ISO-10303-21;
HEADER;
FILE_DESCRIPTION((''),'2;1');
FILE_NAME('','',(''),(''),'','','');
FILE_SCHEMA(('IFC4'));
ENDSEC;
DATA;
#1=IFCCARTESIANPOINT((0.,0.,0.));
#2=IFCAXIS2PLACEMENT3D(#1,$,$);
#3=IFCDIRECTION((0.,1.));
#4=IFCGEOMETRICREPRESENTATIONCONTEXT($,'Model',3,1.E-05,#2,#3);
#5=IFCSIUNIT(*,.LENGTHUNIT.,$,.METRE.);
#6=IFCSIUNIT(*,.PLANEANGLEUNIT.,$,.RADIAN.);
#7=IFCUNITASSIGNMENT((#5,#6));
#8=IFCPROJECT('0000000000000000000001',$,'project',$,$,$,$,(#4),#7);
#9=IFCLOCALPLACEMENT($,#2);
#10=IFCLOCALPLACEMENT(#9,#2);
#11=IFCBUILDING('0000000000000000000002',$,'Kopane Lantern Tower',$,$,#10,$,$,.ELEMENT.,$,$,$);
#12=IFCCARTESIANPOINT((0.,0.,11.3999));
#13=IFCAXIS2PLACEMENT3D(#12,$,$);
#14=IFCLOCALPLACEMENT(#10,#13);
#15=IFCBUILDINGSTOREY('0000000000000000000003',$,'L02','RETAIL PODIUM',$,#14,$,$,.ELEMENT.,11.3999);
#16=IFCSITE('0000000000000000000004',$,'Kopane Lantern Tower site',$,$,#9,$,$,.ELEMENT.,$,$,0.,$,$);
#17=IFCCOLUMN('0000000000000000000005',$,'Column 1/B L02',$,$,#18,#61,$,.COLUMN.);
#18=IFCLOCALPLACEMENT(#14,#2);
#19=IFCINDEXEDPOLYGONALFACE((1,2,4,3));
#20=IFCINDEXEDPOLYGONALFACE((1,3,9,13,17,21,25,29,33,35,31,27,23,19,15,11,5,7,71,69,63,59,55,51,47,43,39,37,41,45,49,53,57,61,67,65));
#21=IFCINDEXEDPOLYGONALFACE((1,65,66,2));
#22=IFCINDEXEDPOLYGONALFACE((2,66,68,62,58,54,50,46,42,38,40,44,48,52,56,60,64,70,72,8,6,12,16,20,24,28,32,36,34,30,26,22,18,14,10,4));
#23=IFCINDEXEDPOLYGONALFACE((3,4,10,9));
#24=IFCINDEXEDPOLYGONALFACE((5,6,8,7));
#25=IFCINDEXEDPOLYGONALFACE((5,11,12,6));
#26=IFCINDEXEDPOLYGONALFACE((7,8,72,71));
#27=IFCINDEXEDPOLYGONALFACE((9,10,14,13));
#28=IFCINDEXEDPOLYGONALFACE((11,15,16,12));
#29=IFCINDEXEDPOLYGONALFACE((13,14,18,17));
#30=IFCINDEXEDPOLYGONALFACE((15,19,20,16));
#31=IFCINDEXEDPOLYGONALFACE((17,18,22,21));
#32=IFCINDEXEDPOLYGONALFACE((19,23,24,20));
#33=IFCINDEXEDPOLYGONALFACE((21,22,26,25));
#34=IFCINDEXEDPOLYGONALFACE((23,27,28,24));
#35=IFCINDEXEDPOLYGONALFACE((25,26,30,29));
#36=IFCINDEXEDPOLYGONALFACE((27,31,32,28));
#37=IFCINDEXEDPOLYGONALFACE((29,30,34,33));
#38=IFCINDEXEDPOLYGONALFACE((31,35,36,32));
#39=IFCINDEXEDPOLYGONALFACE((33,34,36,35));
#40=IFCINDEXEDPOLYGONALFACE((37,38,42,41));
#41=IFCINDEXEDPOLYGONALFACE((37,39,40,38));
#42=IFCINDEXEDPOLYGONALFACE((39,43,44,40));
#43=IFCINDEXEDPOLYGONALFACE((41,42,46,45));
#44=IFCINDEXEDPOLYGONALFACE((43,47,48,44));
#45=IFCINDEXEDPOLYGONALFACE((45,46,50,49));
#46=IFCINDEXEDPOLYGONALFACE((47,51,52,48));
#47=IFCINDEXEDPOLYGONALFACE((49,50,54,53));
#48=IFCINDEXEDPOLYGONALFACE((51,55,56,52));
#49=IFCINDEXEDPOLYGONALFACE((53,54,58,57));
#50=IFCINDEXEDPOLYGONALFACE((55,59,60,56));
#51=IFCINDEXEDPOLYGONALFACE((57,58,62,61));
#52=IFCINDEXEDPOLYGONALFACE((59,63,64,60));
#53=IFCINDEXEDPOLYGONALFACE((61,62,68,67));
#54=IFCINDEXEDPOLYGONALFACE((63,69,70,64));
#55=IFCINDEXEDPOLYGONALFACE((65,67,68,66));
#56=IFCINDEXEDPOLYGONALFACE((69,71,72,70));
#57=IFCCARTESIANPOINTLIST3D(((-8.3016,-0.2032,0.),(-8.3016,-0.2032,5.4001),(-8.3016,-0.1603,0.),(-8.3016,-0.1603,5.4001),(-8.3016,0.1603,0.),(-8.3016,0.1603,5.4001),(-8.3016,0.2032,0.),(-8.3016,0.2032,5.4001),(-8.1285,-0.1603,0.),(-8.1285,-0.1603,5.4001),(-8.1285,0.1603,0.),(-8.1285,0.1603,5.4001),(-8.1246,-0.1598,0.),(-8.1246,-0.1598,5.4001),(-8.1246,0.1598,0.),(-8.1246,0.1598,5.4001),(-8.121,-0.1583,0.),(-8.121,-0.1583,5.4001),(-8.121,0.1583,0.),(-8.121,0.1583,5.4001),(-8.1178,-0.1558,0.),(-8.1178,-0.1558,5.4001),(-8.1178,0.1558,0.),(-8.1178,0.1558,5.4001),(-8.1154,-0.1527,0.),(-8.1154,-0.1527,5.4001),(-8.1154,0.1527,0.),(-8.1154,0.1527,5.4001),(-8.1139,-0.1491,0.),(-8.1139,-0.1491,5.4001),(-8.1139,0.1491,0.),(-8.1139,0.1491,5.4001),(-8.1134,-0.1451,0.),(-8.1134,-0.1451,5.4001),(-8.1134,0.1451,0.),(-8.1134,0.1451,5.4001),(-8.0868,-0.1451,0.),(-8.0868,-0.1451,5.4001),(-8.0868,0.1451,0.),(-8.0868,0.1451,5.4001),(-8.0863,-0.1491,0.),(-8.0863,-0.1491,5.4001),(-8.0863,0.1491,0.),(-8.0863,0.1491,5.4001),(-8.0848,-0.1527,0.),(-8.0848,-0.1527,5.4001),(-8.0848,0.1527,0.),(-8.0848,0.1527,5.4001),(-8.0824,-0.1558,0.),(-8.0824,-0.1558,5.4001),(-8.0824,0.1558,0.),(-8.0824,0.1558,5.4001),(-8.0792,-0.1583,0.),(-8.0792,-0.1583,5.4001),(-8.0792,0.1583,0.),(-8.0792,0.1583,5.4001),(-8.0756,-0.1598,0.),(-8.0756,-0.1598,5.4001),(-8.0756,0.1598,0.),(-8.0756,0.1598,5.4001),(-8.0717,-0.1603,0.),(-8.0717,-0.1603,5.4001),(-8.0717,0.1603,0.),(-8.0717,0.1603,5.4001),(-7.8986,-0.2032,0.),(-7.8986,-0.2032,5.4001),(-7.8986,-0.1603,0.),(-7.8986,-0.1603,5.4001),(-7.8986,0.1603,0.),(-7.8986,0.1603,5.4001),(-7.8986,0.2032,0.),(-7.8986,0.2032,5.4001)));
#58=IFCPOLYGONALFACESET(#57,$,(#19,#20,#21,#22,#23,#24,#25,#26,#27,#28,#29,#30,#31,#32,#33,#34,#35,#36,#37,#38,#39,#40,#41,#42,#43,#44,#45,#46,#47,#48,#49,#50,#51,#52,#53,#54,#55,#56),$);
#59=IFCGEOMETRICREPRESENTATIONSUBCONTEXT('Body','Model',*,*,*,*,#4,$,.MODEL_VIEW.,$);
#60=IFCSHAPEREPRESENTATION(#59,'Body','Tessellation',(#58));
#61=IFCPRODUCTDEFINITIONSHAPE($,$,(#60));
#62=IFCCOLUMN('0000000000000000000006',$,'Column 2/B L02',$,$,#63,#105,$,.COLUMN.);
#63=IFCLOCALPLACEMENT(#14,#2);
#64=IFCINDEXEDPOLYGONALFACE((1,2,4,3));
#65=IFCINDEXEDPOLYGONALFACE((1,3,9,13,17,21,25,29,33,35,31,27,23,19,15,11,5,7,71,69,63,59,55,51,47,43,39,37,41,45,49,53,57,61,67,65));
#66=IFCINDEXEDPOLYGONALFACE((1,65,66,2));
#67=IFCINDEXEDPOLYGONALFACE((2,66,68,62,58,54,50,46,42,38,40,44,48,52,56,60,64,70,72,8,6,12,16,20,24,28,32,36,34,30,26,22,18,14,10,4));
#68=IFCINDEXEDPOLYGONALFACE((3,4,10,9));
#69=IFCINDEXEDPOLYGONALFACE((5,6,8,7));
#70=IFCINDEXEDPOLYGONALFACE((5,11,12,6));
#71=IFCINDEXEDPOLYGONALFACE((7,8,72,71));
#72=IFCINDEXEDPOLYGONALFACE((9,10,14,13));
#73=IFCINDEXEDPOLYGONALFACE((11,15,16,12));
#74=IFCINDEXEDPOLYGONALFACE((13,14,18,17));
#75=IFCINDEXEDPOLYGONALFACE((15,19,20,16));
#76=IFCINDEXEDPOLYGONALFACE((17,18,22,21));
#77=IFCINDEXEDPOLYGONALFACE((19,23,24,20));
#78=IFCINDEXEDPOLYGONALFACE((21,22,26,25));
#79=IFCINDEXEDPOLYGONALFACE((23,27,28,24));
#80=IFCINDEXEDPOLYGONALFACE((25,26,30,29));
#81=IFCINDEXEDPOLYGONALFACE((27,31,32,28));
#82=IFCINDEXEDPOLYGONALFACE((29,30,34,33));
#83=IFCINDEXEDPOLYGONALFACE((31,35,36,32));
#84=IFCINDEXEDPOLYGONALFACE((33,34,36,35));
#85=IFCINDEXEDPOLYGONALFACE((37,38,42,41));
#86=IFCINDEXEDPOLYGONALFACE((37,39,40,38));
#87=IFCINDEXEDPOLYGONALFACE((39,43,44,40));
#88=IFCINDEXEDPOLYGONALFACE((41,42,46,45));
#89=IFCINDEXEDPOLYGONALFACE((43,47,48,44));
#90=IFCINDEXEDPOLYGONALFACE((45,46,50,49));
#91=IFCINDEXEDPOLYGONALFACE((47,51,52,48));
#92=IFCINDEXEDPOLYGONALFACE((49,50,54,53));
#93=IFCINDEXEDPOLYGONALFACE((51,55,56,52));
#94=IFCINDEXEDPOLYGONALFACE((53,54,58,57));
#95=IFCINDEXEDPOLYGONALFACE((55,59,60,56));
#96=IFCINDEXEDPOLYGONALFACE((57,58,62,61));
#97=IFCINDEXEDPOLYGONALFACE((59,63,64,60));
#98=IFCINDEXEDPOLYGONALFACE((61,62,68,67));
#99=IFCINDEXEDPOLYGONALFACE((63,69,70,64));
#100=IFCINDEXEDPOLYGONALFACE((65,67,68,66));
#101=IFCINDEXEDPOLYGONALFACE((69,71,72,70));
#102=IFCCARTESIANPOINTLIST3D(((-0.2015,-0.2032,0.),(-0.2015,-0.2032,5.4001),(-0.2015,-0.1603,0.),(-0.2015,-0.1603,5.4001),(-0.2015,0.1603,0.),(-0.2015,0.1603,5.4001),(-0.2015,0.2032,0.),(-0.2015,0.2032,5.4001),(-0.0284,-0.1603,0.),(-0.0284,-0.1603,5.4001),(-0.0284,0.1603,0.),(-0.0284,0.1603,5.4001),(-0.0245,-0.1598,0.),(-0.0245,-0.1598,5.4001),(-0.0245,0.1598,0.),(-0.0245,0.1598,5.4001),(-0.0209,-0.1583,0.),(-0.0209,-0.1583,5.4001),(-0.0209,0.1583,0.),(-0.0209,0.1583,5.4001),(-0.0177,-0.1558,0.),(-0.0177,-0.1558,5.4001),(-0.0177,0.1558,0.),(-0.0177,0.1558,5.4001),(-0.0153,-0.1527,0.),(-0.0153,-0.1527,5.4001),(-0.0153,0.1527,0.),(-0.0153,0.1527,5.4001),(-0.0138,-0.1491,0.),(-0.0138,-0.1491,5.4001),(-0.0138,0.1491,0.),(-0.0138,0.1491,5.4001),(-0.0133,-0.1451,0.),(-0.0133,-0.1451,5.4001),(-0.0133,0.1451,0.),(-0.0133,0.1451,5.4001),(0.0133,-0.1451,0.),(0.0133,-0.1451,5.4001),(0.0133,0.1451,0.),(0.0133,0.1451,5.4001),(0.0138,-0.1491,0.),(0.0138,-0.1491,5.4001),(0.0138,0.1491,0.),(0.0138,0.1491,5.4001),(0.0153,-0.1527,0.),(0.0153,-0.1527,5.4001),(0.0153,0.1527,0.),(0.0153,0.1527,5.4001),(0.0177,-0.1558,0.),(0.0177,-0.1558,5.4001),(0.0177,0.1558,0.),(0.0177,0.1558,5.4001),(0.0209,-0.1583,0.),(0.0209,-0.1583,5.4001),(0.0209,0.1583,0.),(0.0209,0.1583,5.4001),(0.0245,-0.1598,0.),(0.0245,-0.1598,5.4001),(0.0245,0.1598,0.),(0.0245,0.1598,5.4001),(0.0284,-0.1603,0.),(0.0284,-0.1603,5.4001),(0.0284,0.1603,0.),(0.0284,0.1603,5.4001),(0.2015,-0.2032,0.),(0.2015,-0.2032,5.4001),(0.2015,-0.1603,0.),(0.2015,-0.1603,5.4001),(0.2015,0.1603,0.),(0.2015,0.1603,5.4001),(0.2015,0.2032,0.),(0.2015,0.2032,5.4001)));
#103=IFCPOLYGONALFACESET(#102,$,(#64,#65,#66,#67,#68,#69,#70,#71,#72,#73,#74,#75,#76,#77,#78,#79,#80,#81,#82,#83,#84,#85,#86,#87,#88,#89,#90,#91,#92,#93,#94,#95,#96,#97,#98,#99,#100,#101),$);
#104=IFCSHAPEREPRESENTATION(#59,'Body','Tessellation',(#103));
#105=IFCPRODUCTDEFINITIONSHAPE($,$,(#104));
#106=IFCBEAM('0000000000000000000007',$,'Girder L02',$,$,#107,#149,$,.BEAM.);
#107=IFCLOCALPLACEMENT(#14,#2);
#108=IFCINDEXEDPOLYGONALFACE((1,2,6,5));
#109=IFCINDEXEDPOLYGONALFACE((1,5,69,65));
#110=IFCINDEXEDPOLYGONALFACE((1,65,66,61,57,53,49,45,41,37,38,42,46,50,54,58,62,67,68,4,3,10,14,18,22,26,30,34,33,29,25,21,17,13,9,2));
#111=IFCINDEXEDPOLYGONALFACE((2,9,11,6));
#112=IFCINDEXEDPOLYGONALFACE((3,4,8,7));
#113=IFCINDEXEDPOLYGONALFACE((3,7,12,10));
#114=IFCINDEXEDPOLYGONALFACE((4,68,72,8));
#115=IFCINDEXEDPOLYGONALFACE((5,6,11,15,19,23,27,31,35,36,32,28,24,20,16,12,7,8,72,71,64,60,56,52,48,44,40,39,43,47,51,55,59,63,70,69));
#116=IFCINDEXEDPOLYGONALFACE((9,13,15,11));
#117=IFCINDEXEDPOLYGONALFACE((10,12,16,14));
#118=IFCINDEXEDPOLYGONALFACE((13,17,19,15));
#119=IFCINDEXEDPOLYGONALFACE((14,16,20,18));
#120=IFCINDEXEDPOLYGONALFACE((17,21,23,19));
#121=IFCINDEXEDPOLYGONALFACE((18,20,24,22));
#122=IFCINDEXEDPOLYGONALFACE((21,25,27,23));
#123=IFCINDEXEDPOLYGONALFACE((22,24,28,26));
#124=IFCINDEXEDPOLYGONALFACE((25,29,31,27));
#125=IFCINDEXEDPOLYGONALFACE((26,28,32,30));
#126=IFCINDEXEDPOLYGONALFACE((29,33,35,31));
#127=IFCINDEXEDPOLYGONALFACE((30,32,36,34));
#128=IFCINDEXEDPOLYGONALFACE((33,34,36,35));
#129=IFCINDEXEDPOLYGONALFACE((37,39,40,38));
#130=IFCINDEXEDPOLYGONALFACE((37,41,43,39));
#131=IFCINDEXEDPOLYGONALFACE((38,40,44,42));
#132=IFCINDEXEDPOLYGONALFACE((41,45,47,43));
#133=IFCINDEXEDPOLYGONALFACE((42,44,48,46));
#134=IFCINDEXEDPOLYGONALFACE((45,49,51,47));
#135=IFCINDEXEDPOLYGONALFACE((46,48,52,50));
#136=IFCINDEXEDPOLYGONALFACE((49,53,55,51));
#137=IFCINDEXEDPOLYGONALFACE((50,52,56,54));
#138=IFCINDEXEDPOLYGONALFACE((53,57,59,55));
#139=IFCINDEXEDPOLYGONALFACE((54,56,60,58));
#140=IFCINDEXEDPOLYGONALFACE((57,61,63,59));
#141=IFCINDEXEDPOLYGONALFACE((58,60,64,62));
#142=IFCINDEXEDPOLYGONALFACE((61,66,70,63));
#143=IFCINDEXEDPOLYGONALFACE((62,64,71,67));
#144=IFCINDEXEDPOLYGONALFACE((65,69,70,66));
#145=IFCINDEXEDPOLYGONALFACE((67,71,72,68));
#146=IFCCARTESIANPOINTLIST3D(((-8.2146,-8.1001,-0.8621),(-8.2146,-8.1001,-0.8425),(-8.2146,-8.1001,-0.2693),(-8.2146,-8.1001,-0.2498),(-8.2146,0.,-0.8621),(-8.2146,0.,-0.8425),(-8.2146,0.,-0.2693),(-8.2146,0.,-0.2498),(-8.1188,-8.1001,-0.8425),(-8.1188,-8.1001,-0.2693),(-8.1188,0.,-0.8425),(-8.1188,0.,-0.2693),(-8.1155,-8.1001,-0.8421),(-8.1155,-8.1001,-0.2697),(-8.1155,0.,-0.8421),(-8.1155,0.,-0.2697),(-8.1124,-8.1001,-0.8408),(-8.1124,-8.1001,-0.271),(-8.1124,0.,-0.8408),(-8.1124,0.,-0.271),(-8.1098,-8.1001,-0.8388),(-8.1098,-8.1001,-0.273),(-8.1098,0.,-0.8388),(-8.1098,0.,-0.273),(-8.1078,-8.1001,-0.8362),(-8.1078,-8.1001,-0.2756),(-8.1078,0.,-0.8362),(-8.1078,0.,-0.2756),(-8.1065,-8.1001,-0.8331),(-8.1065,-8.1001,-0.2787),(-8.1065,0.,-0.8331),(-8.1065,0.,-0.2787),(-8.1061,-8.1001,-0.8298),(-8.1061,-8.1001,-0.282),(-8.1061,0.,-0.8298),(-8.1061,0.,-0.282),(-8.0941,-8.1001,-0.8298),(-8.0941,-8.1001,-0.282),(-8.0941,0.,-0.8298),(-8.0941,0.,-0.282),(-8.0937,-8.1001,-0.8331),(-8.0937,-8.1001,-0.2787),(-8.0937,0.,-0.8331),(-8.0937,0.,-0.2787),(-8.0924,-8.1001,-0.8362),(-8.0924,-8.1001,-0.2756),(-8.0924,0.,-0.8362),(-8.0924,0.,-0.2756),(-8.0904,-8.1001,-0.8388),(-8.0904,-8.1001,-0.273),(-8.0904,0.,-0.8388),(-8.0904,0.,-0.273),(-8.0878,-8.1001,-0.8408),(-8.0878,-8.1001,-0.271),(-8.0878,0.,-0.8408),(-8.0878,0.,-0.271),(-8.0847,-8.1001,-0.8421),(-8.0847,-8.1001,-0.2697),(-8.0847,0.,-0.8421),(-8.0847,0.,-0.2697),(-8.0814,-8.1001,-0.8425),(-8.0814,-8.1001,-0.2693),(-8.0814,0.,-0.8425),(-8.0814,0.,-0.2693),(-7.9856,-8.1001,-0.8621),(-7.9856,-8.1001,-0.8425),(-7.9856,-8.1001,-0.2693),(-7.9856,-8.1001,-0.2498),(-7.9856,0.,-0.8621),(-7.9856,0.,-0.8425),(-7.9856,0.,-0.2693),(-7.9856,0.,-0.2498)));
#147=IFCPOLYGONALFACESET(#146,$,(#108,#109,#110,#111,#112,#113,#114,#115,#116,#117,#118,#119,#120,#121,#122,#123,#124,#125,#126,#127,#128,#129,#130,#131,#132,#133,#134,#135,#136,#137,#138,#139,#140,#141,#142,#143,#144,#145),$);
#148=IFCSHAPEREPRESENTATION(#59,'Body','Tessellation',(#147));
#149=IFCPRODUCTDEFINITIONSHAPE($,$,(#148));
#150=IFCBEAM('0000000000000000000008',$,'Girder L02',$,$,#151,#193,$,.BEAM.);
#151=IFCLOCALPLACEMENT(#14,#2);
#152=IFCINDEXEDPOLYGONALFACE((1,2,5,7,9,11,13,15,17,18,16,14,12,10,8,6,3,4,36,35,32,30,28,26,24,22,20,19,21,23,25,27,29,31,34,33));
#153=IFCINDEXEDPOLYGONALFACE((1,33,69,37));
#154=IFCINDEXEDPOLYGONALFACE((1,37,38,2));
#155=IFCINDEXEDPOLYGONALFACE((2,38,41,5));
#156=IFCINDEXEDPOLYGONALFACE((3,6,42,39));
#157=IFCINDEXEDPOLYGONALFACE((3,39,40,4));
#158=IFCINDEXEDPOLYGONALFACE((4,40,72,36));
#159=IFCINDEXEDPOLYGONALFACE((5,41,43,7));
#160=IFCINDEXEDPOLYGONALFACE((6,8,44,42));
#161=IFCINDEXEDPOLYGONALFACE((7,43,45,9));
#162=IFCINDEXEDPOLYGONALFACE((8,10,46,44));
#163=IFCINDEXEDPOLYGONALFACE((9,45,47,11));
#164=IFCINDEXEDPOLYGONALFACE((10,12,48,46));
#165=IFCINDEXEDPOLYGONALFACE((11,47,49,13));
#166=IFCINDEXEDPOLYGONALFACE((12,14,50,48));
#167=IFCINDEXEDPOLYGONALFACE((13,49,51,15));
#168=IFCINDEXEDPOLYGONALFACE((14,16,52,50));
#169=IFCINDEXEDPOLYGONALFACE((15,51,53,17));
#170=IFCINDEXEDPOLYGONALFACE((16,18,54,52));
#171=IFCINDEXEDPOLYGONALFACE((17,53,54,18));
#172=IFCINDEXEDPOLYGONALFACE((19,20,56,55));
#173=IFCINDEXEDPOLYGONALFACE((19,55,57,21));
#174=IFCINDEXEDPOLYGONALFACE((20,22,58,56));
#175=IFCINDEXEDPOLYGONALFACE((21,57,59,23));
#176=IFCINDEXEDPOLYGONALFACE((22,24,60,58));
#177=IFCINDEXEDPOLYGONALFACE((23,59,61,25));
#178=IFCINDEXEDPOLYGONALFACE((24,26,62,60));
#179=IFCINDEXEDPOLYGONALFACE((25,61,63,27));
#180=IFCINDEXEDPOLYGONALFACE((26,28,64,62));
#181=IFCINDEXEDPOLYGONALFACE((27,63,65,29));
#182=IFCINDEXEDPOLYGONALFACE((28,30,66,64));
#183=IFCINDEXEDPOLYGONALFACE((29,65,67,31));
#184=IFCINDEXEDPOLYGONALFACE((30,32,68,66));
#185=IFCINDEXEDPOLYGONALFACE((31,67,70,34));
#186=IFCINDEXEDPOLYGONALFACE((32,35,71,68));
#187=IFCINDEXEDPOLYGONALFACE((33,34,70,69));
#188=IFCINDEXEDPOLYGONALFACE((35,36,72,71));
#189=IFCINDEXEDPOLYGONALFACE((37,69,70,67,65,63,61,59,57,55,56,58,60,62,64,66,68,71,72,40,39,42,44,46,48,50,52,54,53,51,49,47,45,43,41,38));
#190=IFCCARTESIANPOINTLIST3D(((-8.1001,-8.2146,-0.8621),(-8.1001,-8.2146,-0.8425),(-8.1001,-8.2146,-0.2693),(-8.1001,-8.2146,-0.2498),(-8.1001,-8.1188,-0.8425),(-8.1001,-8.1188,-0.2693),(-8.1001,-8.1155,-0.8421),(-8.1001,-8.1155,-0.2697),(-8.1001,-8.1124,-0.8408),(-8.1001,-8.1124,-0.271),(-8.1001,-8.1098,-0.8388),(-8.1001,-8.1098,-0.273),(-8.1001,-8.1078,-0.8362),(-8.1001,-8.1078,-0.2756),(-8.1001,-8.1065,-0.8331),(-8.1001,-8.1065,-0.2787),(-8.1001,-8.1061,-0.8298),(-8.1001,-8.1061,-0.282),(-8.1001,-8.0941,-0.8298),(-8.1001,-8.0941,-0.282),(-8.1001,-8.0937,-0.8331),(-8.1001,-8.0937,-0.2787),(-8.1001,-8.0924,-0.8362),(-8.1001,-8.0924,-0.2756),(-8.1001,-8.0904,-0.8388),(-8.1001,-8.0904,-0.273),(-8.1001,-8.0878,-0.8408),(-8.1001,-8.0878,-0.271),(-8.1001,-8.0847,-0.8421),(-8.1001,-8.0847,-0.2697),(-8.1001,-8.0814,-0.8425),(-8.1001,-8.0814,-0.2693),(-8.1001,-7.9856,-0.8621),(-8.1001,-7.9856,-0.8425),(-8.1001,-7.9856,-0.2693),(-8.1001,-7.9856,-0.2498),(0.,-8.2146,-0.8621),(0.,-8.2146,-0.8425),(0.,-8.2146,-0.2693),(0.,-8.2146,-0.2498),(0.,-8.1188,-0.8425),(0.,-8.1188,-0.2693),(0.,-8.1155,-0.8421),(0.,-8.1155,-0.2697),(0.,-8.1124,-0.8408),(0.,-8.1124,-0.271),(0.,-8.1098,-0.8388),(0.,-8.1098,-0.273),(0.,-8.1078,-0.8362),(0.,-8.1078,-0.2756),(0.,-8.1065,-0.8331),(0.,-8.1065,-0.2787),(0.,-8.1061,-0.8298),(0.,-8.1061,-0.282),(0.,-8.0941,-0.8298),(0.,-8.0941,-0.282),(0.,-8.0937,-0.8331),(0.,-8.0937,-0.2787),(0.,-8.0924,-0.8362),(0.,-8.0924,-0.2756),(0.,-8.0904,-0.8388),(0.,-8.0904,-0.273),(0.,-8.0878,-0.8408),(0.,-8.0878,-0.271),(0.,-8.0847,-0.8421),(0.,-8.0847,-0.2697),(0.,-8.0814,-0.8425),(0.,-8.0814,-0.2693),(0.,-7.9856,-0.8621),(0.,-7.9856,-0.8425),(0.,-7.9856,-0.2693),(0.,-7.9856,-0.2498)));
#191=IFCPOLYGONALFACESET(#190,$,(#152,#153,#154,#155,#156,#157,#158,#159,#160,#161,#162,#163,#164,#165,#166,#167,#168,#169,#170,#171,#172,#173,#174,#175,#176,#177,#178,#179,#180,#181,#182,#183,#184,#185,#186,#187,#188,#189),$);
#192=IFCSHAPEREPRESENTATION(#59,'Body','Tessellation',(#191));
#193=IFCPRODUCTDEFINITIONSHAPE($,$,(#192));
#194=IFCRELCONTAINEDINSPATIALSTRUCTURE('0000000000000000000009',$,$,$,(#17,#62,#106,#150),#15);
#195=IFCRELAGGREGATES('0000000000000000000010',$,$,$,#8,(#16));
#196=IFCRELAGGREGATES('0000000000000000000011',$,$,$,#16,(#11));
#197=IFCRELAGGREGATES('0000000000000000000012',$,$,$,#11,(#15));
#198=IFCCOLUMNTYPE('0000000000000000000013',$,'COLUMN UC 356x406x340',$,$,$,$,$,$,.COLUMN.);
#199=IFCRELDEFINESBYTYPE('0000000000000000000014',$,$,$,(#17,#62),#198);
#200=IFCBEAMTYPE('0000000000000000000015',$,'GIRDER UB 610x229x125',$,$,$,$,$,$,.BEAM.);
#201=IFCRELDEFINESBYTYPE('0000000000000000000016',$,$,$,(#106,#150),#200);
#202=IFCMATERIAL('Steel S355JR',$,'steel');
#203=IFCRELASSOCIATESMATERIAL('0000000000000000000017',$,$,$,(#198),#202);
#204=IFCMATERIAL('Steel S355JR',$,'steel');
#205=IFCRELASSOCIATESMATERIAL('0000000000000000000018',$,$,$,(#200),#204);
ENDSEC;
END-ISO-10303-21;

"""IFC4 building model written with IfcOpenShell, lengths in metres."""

from ifc_helpers import new_model, si_unit, direction, frame, origin, origin_2d, place, context, subcontext, project, spatial, i_section, extrude, material, material_profile, profile_set, type_object, element, save


model = new_model("IFC4")

# Units and contexts
model_context = context("Model", 3, precision=1e-05, world=origin(), true_north=direction((0.0, 1.0)))
body_context = subcontext(model_context, "Body", "Model", "MODEL_VIEW")
ifc_project = project(units=[si_unit("LENGTHUNIT", "METRE"), si_unit("PLANEANGLEUNIT", "RADIAN")], contexts=[model_context])

# Site, building, storey
site_placement = place(None, origin())
site = spatial("IfcSite", under=ifc_project, at=site_placement, Name="Kopane Lantern Tower site", CompositionType="ELEMENT", RefElevation=0.0)
building_placement = place(site_placement, origin())
building = spatial("IfcBuilding", under=site, at=building_placement, Name="Kopane Lantern Tower", CompositionType="ELEMENT")
storey_placement = place(building_placement, frame((0.0, 0.0, 11.3999)))
storey = spatial("IfcBuildingStorey", under=building, at=storey_placement, Name="L02", Description="RETAIL PODIUM", CompositionType="ELEMENT", Elevation=11.3999)

# Columns
ifc_material_1 = material(Name="Steel S355JR", Category="steel")
ifc_material_profile_1 = material_profile(ifc_material_1, i_section(OverallWidth=0.4031, OverallDepth=0.4065, WebThickness=0.0266, FlangeThickness=0.043, FilletRadius=0.0151, at=origin_2d()), Name="UC 356x406x340")
ifc_profile_set_1 = profile_set([ifc_material_profile_1], Name="Steel S355JR")
column_type = type_object("IfcColumnType", Name="COLUMN UC 356x406x340", PredefinedType="COLUMN", material=ifc_profile_set_1)
for number, where, z_axis, x_axis, name in (
    (1, (-8.1001, 0.0, 0.0), (0.0, 0.0, 1.0), (1.0, 0.0, 0.0), "Column 1/B L02"),
    (2, (0.0, 0.0, 0.0), (0.0, 0.0, 1.0), (1.0, 0.0, 0.0), "Column 2/B L02"),
):
    element("IfcColumn", number, at=place(storey_placement, frame(where, z_axis=z_axis, x_axis=x_axis)), inside=storey, type_object=column_type, Name=name, PredefinedType="COLUMN", context=body_context, shape_type="SweptSolid", body=[
        extrude(i_section(OverallWidth=0.4031, OverallDepth=0.4065, WebThickness=0.0266, FlangeThickness=0.043, FilletRadius=0.0151, at=origin_2d()), origin(), (0.0, 0.0, 1.0), 5.4001),
    ])

# Beams
ifc_material_2 = material(Name="Steel S355JR", Category="steel")
ifc_material_profile_2 = material_profile(ifc_material_2, i_section(OverallWidth=0.229, OverallDepth=0.6123, WebThickness=0.012, FlangeThickness=0.0195, FilletRadius=0.0127, at=origin_2d()), Name="UB 610x229x125")
ifc_profile_set_2 = profile_set([ifc_material_profile_2], Name="Steel S355JR")
beam_type = type_object("IfcBeamType", Name="GIRDER UB 610x229x125", PredefinedType="BEAM", material=ifc_profile_set_2)
for number, where, z_axis, x_axis, name in (
    (3, (-8.1001, -8.1001, -0.5559), (0.0, 1.0, 0.0), (-1.0, 0.0, 0.0), "Girder L02"),
    (4, (-8.1001, -8.1001, -0.5559), (1.0, 0.0, 0.0), (0.0, 1.0, 0.0), "Girder L02"),
):
    element("IfcBeam", number, at=place(storey_placement, frame(where, z_axis=z_axis, x_axis=x_axis)), inside=storey, type_object=beam_type, Name=name, PredefinedType="BEAM", context=body_context, shape_type="SweptSolid", body=[
        extrude(i_section(OverallWidth=0.229, OverallDepth=0.6123, WebThickness=0.012, FlangeThickness=0.0195, FilletRadius=0.0127, at=origin_2d()), origin(), (0.0, 0.0, 1.0), 8.1001),
    ])

save(model, "model.ifc")
